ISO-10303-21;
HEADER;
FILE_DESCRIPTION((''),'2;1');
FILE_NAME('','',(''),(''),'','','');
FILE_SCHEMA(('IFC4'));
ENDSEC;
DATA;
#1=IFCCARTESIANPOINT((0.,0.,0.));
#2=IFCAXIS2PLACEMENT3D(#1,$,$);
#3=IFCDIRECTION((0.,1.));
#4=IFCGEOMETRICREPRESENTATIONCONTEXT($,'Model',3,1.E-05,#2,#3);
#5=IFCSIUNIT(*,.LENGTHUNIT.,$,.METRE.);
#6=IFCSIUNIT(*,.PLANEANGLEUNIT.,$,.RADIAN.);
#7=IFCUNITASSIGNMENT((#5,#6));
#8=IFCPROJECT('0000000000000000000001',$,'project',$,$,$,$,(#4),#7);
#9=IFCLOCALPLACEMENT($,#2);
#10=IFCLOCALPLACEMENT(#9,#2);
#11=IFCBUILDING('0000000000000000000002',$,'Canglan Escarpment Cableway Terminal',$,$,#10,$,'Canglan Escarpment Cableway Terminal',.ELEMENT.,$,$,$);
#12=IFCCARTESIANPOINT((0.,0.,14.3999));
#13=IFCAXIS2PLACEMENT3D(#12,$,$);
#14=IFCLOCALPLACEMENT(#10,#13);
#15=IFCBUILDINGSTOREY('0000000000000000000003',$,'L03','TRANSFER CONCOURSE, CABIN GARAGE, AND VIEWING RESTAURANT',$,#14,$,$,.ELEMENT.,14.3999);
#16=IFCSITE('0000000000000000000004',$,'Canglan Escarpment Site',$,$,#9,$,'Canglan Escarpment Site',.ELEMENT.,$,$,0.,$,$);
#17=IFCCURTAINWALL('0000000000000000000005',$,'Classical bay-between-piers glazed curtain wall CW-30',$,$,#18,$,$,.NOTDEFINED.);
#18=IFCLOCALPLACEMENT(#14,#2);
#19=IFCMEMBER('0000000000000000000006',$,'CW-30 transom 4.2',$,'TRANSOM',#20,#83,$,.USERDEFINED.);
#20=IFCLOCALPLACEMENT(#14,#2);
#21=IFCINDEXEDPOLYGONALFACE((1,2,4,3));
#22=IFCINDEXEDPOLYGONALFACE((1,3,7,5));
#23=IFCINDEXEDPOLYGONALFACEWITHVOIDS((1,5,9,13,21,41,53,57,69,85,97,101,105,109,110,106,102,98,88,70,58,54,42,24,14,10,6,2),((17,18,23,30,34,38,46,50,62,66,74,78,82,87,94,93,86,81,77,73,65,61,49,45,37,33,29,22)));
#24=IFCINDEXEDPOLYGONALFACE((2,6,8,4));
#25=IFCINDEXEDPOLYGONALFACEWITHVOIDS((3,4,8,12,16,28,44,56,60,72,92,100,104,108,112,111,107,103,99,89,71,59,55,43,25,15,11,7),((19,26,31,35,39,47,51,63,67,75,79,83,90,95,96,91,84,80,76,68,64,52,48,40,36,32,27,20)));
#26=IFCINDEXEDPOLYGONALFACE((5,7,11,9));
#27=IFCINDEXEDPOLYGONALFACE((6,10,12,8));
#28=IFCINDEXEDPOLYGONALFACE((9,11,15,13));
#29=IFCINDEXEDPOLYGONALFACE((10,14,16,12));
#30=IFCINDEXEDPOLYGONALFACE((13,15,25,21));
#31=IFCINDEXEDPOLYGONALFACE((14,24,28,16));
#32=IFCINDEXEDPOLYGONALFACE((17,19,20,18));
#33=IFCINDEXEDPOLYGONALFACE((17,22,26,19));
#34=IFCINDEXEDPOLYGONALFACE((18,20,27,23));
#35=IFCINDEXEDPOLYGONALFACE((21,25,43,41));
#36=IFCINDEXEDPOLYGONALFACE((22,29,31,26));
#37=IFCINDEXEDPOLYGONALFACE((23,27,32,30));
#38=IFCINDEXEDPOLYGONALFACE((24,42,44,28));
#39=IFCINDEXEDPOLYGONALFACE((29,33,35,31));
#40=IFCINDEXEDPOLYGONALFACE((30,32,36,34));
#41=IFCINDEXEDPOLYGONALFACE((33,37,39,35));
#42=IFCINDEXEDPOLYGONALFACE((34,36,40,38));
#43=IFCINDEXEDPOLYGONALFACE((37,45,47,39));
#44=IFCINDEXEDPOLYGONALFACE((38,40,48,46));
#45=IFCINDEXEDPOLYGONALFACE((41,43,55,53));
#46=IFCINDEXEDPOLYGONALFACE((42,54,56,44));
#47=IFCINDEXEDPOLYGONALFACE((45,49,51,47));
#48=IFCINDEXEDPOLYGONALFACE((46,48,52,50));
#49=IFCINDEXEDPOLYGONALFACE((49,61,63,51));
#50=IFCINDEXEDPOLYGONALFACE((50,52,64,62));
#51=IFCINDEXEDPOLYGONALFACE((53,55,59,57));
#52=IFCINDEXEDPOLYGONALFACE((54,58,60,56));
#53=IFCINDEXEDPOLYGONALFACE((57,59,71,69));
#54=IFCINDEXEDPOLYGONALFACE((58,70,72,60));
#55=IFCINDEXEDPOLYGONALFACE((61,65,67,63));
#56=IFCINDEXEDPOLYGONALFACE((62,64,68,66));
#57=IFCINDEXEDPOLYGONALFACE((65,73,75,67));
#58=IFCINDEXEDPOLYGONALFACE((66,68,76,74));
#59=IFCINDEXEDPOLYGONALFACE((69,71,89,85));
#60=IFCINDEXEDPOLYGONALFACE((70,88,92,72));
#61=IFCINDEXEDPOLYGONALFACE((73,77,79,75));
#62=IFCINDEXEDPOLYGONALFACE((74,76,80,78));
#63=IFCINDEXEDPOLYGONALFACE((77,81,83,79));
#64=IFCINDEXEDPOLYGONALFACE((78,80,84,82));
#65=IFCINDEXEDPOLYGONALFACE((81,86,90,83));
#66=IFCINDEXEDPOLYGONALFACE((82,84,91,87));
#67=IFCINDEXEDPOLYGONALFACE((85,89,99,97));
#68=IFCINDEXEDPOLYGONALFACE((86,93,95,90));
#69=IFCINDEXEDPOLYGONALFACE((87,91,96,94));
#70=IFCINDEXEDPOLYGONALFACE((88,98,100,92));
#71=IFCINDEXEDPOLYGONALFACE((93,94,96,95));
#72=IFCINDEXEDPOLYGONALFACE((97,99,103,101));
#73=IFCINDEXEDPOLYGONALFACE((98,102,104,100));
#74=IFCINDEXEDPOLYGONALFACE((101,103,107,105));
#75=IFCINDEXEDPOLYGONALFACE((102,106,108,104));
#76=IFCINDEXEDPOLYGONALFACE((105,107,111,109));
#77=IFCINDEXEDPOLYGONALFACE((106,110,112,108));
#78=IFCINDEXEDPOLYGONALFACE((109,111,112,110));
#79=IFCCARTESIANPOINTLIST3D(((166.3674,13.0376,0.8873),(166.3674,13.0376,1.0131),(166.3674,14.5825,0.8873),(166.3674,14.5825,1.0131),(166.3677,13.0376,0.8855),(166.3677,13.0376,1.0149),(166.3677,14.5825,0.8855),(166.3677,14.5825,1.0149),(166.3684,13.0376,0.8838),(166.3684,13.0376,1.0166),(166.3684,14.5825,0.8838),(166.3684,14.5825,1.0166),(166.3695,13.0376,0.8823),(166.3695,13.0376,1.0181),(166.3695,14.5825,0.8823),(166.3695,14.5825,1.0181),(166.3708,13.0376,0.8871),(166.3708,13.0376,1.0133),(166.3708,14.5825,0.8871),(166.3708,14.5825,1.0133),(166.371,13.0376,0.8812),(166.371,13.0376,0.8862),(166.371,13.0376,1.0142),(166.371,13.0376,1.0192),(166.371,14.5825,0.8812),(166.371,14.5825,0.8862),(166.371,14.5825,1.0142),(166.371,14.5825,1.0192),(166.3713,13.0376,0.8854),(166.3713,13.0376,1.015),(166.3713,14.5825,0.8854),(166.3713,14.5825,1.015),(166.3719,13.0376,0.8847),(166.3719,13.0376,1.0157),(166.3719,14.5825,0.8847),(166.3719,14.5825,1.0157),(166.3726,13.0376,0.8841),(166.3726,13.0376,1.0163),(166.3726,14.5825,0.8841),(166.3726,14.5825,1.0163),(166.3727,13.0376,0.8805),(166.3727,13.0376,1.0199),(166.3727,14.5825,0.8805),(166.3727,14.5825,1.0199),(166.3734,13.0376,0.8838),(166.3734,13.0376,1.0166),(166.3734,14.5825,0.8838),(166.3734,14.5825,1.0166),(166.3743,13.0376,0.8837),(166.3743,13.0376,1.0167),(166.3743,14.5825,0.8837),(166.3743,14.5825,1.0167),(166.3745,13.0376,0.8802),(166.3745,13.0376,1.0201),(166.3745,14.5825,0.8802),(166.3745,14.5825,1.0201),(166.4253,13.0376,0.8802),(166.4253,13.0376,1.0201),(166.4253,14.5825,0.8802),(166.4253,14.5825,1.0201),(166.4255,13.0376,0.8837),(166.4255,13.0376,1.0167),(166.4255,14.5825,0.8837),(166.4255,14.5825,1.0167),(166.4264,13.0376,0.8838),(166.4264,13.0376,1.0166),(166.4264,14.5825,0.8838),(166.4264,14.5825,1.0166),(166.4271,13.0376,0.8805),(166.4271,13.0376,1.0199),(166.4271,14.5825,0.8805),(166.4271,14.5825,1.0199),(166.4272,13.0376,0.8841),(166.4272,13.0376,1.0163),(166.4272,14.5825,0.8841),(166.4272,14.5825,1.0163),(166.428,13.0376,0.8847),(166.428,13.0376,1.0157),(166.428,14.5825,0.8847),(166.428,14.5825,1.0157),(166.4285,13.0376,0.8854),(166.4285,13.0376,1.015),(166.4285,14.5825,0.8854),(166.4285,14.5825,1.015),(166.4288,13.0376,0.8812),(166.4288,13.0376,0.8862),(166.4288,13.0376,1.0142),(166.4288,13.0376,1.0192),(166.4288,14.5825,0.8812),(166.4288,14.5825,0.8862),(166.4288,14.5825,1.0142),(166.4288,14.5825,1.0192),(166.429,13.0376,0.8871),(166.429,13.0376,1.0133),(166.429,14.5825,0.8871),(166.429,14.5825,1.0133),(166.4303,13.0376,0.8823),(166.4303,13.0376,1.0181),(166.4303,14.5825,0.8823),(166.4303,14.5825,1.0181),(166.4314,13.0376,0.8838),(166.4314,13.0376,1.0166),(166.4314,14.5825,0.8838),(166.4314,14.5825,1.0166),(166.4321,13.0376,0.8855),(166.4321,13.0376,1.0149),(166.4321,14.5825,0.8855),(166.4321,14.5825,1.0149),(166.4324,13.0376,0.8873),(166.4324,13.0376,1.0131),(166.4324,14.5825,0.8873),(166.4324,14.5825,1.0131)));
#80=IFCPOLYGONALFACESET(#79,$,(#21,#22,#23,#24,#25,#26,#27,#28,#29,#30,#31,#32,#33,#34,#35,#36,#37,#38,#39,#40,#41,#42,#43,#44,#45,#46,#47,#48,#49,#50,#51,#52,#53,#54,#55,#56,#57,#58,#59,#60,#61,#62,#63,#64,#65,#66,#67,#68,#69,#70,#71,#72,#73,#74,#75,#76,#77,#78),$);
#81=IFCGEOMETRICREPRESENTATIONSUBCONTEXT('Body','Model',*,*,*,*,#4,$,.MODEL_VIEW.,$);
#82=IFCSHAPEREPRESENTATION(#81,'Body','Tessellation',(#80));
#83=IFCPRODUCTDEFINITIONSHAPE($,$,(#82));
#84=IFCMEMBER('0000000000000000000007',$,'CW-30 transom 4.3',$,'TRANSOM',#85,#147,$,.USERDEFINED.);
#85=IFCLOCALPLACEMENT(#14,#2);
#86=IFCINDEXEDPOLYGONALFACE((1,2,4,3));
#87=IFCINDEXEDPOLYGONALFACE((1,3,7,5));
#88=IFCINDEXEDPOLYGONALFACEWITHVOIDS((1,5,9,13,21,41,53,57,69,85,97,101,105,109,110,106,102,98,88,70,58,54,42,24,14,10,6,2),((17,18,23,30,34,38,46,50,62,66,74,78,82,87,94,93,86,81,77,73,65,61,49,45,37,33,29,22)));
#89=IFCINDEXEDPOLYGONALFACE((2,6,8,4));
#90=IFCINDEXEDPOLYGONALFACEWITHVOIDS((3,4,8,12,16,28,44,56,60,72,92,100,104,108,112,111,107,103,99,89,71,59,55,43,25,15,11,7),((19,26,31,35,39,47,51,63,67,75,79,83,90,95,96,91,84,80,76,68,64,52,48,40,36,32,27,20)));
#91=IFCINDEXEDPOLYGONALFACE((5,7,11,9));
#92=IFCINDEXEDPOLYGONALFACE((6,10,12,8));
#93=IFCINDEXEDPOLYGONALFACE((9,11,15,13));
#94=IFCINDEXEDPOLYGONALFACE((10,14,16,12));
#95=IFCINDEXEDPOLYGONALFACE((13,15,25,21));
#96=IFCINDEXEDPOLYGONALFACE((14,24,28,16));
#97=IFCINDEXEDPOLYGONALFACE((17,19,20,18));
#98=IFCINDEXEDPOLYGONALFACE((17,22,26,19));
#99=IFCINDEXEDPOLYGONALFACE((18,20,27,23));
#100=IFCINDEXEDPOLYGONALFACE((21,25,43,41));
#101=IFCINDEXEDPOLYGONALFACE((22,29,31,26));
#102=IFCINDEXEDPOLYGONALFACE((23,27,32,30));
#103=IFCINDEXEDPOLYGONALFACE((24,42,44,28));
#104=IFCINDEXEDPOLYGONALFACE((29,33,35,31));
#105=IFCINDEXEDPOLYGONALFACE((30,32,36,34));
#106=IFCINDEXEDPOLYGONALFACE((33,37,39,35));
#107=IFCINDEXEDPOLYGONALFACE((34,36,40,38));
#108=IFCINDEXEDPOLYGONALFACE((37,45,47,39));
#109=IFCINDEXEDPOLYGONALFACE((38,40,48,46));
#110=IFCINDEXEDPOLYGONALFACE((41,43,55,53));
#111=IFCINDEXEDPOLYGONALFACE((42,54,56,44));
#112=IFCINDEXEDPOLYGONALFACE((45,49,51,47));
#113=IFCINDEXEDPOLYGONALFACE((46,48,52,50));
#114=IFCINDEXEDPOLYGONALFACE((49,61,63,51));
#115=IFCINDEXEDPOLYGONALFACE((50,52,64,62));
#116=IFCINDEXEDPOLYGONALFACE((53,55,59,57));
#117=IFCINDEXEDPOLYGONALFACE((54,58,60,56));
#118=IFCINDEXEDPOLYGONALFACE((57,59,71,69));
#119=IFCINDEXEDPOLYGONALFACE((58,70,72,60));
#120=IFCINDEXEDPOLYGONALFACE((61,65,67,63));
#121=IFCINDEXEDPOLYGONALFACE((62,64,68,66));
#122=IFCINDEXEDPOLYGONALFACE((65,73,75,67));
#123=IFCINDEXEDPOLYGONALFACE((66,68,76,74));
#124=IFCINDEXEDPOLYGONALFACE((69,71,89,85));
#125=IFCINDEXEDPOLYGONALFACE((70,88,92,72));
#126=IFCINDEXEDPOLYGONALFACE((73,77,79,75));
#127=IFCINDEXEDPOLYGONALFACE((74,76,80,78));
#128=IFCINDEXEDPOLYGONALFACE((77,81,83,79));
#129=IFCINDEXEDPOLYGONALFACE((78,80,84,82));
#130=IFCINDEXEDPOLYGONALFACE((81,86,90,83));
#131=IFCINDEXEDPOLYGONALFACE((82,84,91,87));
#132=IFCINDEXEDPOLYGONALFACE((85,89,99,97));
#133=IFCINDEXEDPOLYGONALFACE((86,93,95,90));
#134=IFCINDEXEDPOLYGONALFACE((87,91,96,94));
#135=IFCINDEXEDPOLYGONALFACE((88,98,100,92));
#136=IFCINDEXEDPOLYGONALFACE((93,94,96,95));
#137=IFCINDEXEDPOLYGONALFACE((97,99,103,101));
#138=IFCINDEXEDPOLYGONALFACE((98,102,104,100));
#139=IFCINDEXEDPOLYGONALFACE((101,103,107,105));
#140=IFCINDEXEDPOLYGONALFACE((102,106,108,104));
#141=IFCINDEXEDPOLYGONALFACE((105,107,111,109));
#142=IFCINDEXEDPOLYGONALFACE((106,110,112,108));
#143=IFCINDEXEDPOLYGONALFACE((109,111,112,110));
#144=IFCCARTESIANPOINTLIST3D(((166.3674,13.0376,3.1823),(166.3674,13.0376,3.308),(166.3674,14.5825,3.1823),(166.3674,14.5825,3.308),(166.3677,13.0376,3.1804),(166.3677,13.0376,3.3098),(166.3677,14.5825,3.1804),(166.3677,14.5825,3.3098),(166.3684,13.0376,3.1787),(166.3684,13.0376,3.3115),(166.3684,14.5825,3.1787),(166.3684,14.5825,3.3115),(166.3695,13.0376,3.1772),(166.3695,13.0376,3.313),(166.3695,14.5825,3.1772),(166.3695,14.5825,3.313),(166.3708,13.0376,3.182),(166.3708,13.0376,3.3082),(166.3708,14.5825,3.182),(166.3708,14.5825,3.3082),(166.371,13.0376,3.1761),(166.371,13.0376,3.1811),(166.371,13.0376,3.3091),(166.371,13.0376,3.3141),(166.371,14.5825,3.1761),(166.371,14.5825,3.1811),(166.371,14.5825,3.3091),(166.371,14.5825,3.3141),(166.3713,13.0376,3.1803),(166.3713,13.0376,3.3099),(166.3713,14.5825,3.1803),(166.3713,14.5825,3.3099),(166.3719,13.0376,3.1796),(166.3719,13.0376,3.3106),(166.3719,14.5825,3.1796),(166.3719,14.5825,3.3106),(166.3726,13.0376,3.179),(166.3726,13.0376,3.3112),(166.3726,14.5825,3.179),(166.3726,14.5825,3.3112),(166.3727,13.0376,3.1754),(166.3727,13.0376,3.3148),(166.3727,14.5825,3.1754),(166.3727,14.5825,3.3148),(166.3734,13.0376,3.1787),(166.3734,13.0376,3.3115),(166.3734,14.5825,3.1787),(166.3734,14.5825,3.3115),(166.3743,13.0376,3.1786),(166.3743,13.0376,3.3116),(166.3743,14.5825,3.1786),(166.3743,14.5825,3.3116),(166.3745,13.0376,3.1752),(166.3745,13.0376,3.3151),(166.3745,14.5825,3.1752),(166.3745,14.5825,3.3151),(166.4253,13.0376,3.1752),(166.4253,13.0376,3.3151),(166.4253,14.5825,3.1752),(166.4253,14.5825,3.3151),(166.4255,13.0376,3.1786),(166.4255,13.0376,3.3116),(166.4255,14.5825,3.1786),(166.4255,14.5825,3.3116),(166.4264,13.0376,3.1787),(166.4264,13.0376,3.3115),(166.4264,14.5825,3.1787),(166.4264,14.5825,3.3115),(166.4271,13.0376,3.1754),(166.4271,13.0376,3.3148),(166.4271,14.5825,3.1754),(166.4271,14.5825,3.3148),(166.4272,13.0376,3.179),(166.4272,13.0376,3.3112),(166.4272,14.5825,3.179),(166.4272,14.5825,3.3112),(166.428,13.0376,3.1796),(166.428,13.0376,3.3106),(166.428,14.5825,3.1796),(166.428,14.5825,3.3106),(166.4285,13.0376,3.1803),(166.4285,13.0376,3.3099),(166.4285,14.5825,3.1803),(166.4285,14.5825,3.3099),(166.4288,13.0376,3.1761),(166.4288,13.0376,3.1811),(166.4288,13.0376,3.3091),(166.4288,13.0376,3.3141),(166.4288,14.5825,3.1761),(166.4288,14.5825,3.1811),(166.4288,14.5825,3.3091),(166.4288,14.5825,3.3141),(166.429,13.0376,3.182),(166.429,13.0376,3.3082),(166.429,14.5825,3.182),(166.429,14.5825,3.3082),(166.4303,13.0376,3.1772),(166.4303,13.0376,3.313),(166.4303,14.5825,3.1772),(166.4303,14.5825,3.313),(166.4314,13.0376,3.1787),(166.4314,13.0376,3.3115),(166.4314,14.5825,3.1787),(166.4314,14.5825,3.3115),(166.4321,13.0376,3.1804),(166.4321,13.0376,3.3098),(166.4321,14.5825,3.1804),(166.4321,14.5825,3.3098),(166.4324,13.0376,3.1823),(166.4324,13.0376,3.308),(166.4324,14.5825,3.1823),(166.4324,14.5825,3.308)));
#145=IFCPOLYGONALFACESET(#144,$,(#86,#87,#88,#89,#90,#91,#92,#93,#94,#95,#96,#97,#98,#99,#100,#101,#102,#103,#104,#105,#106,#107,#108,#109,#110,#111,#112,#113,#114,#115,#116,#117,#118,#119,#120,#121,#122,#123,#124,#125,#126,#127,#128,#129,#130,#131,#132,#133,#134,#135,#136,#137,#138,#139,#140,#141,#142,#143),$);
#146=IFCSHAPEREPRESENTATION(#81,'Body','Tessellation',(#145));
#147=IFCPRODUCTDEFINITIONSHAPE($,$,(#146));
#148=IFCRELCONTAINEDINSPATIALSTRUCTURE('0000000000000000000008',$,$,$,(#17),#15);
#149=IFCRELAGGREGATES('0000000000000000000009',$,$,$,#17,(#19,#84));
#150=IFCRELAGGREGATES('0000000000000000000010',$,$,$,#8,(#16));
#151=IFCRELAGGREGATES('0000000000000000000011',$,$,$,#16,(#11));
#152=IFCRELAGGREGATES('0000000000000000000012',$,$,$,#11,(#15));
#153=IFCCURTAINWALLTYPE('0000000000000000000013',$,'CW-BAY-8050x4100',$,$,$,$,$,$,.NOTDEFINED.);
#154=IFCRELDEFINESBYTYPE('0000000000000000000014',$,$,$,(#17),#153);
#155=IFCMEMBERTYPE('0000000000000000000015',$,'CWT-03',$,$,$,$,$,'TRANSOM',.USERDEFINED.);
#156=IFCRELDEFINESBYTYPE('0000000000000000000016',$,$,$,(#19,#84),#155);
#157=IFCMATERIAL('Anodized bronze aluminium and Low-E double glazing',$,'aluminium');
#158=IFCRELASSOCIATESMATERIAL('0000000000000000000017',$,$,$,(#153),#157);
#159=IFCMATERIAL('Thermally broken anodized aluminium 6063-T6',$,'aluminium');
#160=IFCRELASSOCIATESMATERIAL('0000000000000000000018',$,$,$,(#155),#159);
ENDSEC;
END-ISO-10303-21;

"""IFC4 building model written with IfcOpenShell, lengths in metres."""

from ifc_helpers import new_model, si_unit, direction, frame, origin, origin_2d, place, context, subcontext, project, spatial, hollow_rectangle, extrude, material, material_profile, profile_set, type_object, element, aggregate, save


model = new_model("IFC4")

# Units and contexts
model_context = context("Model", 3, precision=1e-05, world=origin(), true_north=direction((0.0, 1.0)))
body_context = subcontext(model_context, "Body", "Model", "MODEL_VIEW")
ifc_project = project(units=[si_unit("LENGTHUNIT", "METRE"), si_unit("PLANEANGLEUNIT", "RADIAN")], contexts=[model_context])

# Site, building, storey
site_placement = place(None, origin())
site = spatial("IfcSite", under=ifc_project, at=site_placement, Name="Canglan Escarpment Site", LongName="Canglan Escarpment Site", CompositionType="ELEMENT", RefElevation=0.0)
building_placement = place(site_placement, origin())
building = spatial("IfcBuilding", under=site, at=building_placement, Name="Canglan Escarpment Cableway Terminal", LongName="Canglan Escarpment Cableway Terminal", CompositionType="ELEMENT")
storey_placement = place(building_placement, frame((0.0, 0.0, 14.3999)))
storey = spatial("IfcBuildingStorey", under=building, at=storey_placement, Name="L03", Description="TRANSFER CONCOURSE, CABIN GARAGE, AND VIEWING RESTAURANT", CompositionType="ELEMENT", Elevation=14.3999)

# Curtain wall, members
ifc_material_1 = material(Name="Anodized bronze aluminium and Low-E double glazing", Category="aluminium")
curtain_wall_type = type_object("IfcCurtainWallType", Name="CW-BAY-8050x4100", PredefinedType="NOTDEFINED", material=ifc_material_1)
curtain_wall_placement = place(storey_placement, origin())
curtain_wall = element("IfcCurtainWall", 1, at=curtain_wall_placement, inside=storey, type_object=curtain_wall_type, Name="Classical bay-between-piers glazed curtain wall CW-30", PredefinedType="NOTDEFINED")
ifc_material_2 = material(Name="Thermally broken anodized aluminium 6063-T6", Category="aluminium")
ifc_material_profile_1 = material_profile(ifc_material_2, hollow_rectangle(XDim=0.0649, YDim=0.1399, WallThickness=0.0034, InnerFilletRadius=0.0034, OuterFilletRadius=0.0071, at=origin_2d()), Name="ALU-TRAN 65x140x3.5")
ifc_profile_set_1 = profile_set([ifc_material_profile_1], Name="Thermally broken anodized aluminium 6063-T6")
member_type_1 = type_object("IfcMemberType", Name="CWT-03", ElementType="TRANSOM", PredefinedType="USERDEFINED", material=ifc_profile_set_1)
member_1_placement = place(storey_placement, frame((166.3999, 13.0376, 0.9502), z_axis=(0.0, 1.0, 0.0), x_axis=(-1.0, 0.0, 0.0)))
member_1 = element("IfcMember", 2, at=member_1_placement, type_object=member_type_1, Name="CW-30 transom 4.2", ObjectType="TRANSOM", PredefinedType="USERDEFINED", context=body_context, shape_type="SweptSolid", body=[
    extrude(hollow_rectangle(XDim=0.0649, YDim=0.1399, WallThickness=0.0034, InnerFilletRadius=0.0034, OuterFilletRadius=0.0071, at=origin_2d()), origin(), (0.0, 0.0, 1.0), 1.5449),
])
member_2_placement = place(storey_placement, frame((166.3999, 13.0376, 3.2451), z_axis=(0.0, 1.0, 0.0), x_axis=(-1.0, 0.0, 0.0)))
member_2 = element("IfcMember", 3, at=member_2_placement, type_object=member_type_1, Name="CW-30 transom 4.3", ObjectType="TRANSOM", PredefinedType="USERDEFINED", context=body_context, shape_type="SweptSolid", body=[
    extrude(hollow_rectangle(XDim=0.0649, YDim=0.1399, WallThickness=0.0034, InnerFilletRadius=0.0034, OuterFilletRadius=0.0071, at=origin_2d()), origin(), (0.0, 0.0, 1.0), 1.5449),
])

aggregate(curtain_wall, [member_1, member_2])

save(model, "model.ifc")
